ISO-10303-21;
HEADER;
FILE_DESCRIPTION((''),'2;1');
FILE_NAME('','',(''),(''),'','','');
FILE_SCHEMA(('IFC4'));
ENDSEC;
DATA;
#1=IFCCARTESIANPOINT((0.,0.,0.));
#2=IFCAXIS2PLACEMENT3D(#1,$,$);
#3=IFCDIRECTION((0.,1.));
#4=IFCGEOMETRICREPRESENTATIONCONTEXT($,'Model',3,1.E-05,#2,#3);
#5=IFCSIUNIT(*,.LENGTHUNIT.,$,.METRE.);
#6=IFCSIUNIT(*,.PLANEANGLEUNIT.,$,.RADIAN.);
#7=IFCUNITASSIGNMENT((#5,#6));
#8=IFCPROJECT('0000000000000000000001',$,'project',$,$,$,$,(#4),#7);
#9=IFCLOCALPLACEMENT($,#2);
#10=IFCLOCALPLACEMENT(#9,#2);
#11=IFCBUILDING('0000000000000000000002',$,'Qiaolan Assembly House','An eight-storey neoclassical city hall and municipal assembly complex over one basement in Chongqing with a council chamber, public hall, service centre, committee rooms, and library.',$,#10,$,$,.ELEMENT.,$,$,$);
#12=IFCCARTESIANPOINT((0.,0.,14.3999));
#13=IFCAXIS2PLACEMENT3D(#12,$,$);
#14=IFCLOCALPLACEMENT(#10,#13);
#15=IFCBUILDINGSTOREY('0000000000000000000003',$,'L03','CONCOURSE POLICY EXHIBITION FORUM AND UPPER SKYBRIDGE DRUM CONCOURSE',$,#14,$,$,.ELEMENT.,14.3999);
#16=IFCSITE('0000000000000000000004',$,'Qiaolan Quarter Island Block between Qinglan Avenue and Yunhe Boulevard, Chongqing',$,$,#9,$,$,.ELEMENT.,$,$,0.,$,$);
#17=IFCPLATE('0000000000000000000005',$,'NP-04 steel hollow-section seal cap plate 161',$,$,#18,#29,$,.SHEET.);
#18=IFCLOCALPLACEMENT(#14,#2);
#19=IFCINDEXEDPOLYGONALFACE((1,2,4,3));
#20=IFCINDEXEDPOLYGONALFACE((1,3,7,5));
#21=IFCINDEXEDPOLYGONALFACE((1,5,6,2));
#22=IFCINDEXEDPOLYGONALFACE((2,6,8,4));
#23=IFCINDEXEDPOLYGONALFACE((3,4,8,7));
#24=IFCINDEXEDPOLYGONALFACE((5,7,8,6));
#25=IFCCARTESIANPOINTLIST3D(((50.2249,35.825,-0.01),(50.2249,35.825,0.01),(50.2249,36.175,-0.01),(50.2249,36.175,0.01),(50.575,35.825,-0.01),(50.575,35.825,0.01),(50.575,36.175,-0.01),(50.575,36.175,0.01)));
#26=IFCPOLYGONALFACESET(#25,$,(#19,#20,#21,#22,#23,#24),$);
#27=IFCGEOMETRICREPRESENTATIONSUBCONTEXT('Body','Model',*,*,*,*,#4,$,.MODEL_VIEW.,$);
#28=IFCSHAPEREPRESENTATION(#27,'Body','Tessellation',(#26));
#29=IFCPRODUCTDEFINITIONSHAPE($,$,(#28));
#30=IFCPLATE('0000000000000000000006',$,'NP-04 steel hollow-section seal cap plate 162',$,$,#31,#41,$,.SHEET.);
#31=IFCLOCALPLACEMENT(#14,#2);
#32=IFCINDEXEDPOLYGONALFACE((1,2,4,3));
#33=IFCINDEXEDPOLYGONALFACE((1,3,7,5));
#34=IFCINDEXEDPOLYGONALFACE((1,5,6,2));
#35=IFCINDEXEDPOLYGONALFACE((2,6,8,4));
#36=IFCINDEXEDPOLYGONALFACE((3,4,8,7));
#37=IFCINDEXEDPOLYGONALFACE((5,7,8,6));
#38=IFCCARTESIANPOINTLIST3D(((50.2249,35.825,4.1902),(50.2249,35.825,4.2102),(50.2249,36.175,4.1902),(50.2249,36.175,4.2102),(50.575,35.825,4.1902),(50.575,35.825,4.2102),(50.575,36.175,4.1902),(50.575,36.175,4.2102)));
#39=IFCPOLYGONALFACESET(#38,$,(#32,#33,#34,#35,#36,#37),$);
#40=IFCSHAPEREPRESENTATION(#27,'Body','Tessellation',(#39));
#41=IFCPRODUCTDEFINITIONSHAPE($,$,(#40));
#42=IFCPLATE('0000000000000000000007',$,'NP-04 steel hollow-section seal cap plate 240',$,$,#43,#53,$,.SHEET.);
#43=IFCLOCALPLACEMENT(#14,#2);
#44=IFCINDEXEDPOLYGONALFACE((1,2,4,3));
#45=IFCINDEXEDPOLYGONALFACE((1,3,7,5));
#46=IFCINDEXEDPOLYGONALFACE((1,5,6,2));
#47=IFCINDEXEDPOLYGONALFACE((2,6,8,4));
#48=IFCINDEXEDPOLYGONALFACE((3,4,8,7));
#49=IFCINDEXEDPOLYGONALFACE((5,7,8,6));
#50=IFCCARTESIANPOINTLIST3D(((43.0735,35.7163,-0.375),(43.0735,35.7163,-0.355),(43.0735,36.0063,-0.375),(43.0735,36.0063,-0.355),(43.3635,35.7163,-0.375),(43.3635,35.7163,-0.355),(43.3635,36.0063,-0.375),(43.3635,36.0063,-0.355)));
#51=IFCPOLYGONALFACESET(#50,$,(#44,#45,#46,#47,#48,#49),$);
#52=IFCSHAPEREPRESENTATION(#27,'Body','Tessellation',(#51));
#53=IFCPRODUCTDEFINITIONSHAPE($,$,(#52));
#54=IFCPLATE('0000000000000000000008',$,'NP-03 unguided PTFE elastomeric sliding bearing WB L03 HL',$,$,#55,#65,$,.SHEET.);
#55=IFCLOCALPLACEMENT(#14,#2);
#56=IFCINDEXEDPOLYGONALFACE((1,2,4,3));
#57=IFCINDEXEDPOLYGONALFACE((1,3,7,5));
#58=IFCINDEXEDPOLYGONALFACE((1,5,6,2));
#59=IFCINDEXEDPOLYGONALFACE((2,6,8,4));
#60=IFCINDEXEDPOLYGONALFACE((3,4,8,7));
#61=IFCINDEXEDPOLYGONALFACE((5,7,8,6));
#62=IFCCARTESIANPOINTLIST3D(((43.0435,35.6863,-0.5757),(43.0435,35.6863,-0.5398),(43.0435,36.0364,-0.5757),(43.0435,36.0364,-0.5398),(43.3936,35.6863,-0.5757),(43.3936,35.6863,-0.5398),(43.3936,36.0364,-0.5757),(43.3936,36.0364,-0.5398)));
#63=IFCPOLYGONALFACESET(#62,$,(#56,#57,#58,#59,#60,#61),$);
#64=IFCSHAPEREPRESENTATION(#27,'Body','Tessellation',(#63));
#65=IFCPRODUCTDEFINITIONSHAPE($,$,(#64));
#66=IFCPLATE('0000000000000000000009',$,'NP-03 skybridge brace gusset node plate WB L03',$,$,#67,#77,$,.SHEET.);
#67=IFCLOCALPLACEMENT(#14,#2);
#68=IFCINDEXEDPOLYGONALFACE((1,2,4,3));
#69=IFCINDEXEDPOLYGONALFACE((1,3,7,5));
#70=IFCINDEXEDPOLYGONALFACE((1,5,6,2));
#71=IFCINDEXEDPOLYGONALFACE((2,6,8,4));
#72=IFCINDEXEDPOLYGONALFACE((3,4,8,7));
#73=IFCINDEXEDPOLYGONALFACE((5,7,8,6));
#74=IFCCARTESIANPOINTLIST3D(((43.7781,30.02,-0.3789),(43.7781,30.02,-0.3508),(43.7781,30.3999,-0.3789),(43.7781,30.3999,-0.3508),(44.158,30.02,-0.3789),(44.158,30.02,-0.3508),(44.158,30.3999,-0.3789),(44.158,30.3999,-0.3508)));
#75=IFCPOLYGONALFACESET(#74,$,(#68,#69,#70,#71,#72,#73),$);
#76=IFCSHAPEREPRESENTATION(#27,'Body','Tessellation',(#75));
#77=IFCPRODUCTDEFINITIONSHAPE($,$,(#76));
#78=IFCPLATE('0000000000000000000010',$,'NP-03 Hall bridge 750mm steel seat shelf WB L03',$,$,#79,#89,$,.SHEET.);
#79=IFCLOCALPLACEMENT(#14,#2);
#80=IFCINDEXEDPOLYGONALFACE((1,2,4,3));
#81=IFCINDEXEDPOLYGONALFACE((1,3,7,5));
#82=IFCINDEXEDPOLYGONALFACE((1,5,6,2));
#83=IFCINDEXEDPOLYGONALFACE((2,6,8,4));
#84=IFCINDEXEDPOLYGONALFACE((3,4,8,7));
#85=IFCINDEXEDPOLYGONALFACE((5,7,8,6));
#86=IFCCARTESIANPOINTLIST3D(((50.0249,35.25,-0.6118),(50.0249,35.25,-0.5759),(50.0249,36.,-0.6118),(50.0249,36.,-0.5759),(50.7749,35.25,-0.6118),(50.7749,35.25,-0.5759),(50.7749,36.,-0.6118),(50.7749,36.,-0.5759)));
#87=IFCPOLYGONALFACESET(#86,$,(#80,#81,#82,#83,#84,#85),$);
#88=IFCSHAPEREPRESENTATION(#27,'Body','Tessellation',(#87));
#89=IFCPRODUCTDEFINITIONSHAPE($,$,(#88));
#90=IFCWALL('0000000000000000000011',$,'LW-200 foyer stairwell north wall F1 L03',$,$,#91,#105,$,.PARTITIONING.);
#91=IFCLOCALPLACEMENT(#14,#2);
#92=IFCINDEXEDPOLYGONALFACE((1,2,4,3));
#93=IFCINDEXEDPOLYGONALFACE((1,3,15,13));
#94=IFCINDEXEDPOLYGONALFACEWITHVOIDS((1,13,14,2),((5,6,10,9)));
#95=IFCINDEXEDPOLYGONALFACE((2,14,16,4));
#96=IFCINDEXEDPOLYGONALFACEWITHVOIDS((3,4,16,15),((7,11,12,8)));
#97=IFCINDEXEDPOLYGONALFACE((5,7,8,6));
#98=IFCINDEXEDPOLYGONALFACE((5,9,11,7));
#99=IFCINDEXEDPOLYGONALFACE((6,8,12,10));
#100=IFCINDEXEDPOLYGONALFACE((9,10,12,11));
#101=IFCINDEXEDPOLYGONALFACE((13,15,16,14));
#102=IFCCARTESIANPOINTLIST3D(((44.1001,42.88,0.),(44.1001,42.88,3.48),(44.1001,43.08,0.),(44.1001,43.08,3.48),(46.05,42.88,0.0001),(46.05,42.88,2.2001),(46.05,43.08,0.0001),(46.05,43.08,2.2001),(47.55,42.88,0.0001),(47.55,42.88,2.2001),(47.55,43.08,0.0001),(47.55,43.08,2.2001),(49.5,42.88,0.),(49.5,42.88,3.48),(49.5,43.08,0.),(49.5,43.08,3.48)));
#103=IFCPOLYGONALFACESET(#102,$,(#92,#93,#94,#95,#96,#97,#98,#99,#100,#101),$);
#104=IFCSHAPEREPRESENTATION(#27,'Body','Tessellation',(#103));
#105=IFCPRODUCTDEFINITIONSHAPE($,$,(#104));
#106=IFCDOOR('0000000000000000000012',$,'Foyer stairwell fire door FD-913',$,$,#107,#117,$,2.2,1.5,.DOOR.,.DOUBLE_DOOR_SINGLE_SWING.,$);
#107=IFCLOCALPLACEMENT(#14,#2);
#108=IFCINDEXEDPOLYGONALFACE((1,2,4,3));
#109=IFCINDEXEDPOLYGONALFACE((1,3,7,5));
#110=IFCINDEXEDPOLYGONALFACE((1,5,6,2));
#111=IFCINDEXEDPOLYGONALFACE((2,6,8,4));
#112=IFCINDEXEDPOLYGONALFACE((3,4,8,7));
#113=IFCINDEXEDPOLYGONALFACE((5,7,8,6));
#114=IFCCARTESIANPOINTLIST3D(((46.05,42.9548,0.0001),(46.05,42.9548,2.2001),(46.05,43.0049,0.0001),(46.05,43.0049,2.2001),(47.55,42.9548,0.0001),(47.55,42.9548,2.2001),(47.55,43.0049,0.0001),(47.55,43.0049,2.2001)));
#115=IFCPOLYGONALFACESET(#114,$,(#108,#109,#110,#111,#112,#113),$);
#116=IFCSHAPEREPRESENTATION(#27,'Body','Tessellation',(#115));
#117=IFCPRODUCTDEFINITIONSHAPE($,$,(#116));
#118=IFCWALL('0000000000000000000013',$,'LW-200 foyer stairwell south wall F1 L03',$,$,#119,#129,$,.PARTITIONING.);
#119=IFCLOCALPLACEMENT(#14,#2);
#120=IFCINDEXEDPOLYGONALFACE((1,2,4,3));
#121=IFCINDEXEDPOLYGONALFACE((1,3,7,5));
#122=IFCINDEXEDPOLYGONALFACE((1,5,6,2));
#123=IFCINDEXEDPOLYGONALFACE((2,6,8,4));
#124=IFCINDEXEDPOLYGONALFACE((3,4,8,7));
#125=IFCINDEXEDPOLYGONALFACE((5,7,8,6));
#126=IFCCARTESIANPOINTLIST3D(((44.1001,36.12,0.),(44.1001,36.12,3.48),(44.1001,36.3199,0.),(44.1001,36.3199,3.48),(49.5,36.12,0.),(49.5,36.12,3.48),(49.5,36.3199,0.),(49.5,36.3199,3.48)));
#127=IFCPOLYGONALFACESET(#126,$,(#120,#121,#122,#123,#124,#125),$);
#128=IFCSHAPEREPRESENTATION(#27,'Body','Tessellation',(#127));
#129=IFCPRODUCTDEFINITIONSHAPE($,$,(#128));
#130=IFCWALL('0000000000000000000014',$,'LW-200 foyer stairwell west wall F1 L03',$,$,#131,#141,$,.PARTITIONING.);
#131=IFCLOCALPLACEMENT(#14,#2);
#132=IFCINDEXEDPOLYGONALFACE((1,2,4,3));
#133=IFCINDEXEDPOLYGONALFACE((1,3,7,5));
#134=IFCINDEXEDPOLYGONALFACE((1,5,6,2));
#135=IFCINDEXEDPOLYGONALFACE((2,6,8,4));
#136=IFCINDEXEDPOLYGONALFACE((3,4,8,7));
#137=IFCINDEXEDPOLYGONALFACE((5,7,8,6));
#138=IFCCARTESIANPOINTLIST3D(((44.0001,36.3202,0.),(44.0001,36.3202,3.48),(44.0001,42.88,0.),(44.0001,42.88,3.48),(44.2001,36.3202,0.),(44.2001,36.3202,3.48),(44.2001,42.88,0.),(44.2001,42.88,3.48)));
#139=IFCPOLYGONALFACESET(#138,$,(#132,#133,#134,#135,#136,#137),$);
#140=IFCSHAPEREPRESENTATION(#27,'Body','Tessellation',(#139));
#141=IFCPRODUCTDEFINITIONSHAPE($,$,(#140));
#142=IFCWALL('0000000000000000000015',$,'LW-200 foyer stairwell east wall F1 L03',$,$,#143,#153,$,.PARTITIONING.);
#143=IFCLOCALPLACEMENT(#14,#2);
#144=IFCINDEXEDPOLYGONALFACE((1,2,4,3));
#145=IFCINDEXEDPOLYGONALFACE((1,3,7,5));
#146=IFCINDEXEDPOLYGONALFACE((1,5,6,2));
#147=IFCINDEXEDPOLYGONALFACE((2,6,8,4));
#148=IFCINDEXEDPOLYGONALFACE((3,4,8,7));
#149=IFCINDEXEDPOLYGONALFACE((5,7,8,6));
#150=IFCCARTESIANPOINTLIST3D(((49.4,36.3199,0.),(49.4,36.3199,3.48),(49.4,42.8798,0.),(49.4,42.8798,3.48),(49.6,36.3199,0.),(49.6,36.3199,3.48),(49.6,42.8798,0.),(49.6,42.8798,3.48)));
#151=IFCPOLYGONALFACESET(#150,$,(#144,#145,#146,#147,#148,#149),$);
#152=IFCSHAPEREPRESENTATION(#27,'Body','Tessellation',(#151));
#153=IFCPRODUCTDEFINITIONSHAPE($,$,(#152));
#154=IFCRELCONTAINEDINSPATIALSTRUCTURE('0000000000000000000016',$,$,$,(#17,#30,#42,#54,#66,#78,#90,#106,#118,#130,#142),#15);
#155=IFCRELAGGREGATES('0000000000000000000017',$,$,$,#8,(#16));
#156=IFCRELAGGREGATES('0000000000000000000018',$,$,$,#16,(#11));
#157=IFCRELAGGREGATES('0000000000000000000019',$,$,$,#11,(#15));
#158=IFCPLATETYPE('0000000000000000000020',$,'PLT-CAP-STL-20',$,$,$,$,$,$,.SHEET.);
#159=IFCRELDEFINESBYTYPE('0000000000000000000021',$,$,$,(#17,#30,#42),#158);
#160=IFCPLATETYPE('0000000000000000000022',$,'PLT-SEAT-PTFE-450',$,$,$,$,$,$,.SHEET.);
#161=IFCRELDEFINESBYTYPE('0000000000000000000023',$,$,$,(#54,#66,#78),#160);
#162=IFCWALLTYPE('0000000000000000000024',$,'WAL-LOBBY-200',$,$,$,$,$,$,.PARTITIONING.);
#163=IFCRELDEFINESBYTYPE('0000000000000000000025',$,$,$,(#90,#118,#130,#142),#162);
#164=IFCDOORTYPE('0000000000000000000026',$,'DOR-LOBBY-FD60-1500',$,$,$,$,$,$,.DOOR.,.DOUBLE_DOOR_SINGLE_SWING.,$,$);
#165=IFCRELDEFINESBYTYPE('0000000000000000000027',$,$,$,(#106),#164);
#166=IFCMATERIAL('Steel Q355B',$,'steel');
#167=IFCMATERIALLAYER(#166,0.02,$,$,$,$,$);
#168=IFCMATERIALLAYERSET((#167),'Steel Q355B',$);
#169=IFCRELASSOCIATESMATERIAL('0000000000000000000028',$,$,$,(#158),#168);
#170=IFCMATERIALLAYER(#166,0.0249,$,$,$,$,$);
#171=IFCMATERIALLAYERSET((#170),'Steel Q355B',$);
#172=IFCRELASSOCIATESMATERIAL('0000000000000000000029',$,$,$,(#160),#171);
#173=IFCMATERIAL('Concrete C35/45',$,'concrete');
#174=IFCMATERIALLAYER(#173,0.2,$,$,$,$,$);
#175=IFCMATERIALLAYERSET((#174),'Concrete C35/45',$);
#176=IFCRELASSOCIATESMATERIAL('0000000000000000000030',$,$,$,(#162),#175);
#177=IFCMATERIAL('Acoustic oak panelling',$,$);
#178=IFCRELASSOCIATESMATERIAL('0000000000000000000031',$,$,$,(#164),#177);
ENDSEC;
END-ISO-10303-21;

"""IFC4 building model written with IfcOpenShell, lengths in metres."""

from ifc_helpers import new_model, si_unit, direction, frame, frame_2d, origin, origin_2d, place, context, subcontext, project, spatial, rectangle, extrude, material, layer, layer_set, type_object, element, fill, save


model = new_model("IFC4")

# Units and contexts
model_context = context("Model", 3, precision=1e-05, world=origin(), true_north=direction((0.0, 1.0)))
body_context = subcontext(model_context, "Body", "Model", "MODEL_VIEW")
ifc_project = project(units=[si_unit("LENGTHUNIT", "METRE"), si_unit("PLANEANGLEUNIT", "RADIAN")], contexts=[model_context])

# Site, building, storey
site_placement = place(None, origin())
site = spatial("IfcSite", under=ifc_project, at=site_placement, Name="Qiaolan Quarter Island Block between Qinglan Avenue and Yunhe Boulevard, Chongqing", CompositionType="ELEMENT", RefElevation=0.0)
building_placement = place(site_placement, origin())
building = spatial("IfcBuilding", under=site, at=building_placement, Name="Qiaolan Assembly House", Description="An eight-storey neoclassical city hall and municipal assembly complex over one basement in Chongqing with a council chamber, public hall, service centre, committee rooms, and library.", CompositionType="ELEMENT")
storey_placement = place(building_placement, frame((0.0, 0.0, 14.3999)))
storey = spatial("IfcBuildingStorey", under=building, at=storey_placement, Name="L03", Description="CONCOURSE POLICY EXHIBITION FORUM AND UPPER SKYBRIDGE DRUM CONCOURSE", CompositionType="ELEMENT", Elevation=14.3999)

# Shared definitions
ifc_material_1 = material(Name="Steel Q355B", Category="steel")

# Plates
ifc_layer_1 = layer(ifc_material_1, 0.02)
ifc_layer_set_1 = layer_set([ifc_layer_1], Name="Steel Q355B")
plate_type_1 = type_object("IfcPlateType", Name="PLT-CAP-STL-20", PredefinedType="SHEET", material=ifc_layer_set_1)
for number, where, z_axis, x_axis, name in (
    (1, (50.3999, 36.0, -0.01), (0.0, 0.0, 1.0), (1.0, 0.0, 0.0), "NP-04 steel hollow-section seal cap plate 161"),
    (2, (50.3999, 36.0, 4.1902), (0.0, 0.0, 1.0), (1.0, 0.0, 0.0), "NP-04 steel hollow-section seal cap plate 162"),
):
    element("IfcPlate", number, at=place(storey_placement, frame(where, z_axis=z_axis, x_axis=x_axis)), inside=storey, type_object=plate_type_1, Name=name, PredefinedType="SHEET", context=body_context, shape_type="SweptSolid", body=[
        extrude(rectangle(XDim=0.3501, YDim=0.3501, at=origin_2d()), origin(), (0.0, 0.0, 1.0), 0.02),
    ])
plate_1_placement = place(storey_placement, frame((43.2185, 35.8613, -0.375), z_axis=(0.0, 0.0, 1.0), x_axis=(1.0, 0.0, 0.0)))
element("IfcPlate", 3, at=plate_1_placement, inside=storey, type_object=plate_type_1, Name="NP-04 steel hollow-section seal cap plate 240", PredefinedType="SHEET", context=body_context, shape_type="SweptSolid", body=[
    extrude(rectangle(XDim=0.29, YDim=0.29, at=origin_2d()), origin(), (0.0, 0.0, 1.0), 0.02),
])
ifc_layer_2 = layer(ifc_material_1, 0.0249)
ifc_layer_set_2 = layer_set([ifc_layer_2], Name="Steel Q355B")
plate_type_2 = type_object("IfcPlateType", Name="PLT-SEAT-PTFE-450", PredefinedType="SHEET", material=ifc_layer_set_2)
plate_2_placement = place(storey_placement, frame((43.2185, 35.8613, -0.5757), z_axis=(0.0, 0.0, 1.0), x_axis=(1.0, 0.0, 0.0)))
element("IfcPlate", 4, at=plate_2_placement, inside=storey, type_object=plate_type_2, Name="NP-03 unguided PTFE elastomeric sliding bearing WB L03 HL", PredefinedType="SHEET", context=body_context, shape_type="SweptSolid", body=[
    extrude(rectangle(XDim=0.3501, YDim=0.3501, at=origin_2d()), origin(), (0.0, 0.0, 1.0), 0.0359),
])
plate_3_placement = place(storey_placement, frame((43.968, 30.21, -0.3789), z_axis=(0.0, 0.0, 1.0), x_axis=(1.0, 0.0, 0.0)))
element("IfcPlate", 5, at=plate_3_placement, inside=storey, type_object=plate_type_2, Name="NP-03 skybridge brace gusset node plate WB L03", PredefinedType="SHEET", context=body_context, shape_type="SweptSolid", body=[
    extrude(rectangle(XDim=0.3799, YDim=0.3799, at=origin_2d()), origin(), (0.0, 0.0, 1.0), 0.0281),
])
plate_4_placement = place(storey_placement, frame((50.3999, 35.625, -0.6118), z_axis=(0.0, 0.0, 1.0), x_axis=(1.0, 0.0, 0.0)))
element("IfcPlate", 6, at=plate_4_placement, inside=storey, type_object=plate_type_2, Name="NP-03 Hall bridge 750mm steel seat shelf WB L03", PredefinedType="SHEET", context=body_context, shape_type="SweptSolid", body=[
    extrude(rectangle(XDim=0.75, YDim=0.75, at=origin_2d()), origin(), (0.0, 0.0, 1.0), 0.0359),
])

# Wall, opening, door
ifc_material_2 = material(Name="Concrete C35/45", Category="concrete")
ifc_layer_3 = layer(ifc_material_2, 0.2)
ifc_layer_set_3 = layer_set([ifc_layer_3], Name="Concrete C35/45")
wall_type = type_object("IfcWallType", Name="WAL-LOBBY-200", PredefinedType="PARTITIONING", material=ifc_layer_set_3)
wall_1_placement = place(storey_placement, frame((44.1001, 42.98, 0.0), z_axis=(0.0, 0.0, 1.0), x_axis=(1.0, 0.0, 0.0)))
wall_1 = element("IfcWall", 7, at=wall_1_placement, inside=storey, type_object=wall_type, Name="LW-200 foyer stairwell north wall F1 L03", PredefinedType="PARTITIONING", context=body_context, shape_type="SweptSolid", body=[
    extrude(rectangle(XDim=5.3999, YDim=0.2, at=frame_2d((2.7, 0.0))), origin(), (0.0, 0.0, 1.0), 3.48),
])
opening_placement = place(wall_1_placement, frame((1.95, 0.0, 0.0)))
opening = element("IfcOpeningElement", 8, at=opening_placement, cuts=wall_1, PredefinedType="OPENING", context=body_context, shape_type="SweptSolid", body=[
    extrude(rectangle(XDim=1.5, YDim=2.2, at=frame_2d((0.75, 1.1001))), frame((0.0, 0.1099, 0.0), z_axis=(0.0, -1.0, 0.0), x_axis=(1.0, 0.0, 0.0)), (0.0, 0.0, 1.0), 0.22),
])
ifc_material_3 = material(Name="Acoustic oak panelling")
door_type = type_object("IfcDoorType", Name="DOR-LOBBY-FD60-1500", OperationType="DOUBLE_DOOR_SINGLE_SWING", PredefinedType="DOOR", material=ifc_material_3)
door_placement = place(opening_placement, origin())
door = element("IfcDoor", 9, at=door_placement, inside=storey, type_object=door_type, Name="Foyer stairwell fire door FD-913", OperationType="DOUBLE_DOOR_SINGLE_SWING", OverallHeight=2.2, OverallWidth=1.5, PredefinedType="DOOR", context=body_context, shape_type="SweptSolid", body=[
    extrude(rectangle(XDim=1.5, YDim=2.2, at=frame_2d((0.75, 1.1001))), frame((0.0, 0.0249, 0.0), z_axis=(0.0, -1.0, 0.0), x_axis=(1.0, 0.0, 0.0)), (0.0, 0.0, 1.0), 0.05),
])
fill(opening, door)

# Walls
wall_2_placement = place(storey_placement, frame((49.5, 36.22, 0.0), z_axis=(0.0, 0.0, 1.0), x_axis=(-1.0, 0.0, 0.0)))
element("IfcWall", 10, at=wall_2_placement, inside=storey, type_object=wall_type, Name="LW-200 foyer stairwell south wall F1 L03", PredefinedType="PARTITIONING", context=body_context, shape_type="SweptSolid", body=[
    extrude(rectangle(XDim=5.3999, YDim=0.2, at=frame_2d((2.7, 0.0))), origin(), (0.0, 0.0, 1.0), 3.48),
])
for number, where, z_axis, x_axis, name in (
    (11, (44.1001, 42.8799, 0.0), (0.0, 0.0, 1.0), (0.0, -1.0, 0.0), "LW-200 foyer stairwell west wall F1 L03"),
    (12, (49.5, 36.3201, 0.0), (0.0, 0.0, 1.0), (0.0, 1.0, 0.0), "LW-200 foyer stairwell east wall F1 L03"),
):
    element("IfcWall", number, at=place(storey_placement, frame(where, z_axis=z_axis, x_axis=x_axis)), inside=storey, type_object=wall_type, Name=name, PredefinedType="PARTITIONING", context=body_context, shape_type="SweptSolid", body=[
        extrude(rectangle(XDim=6.5598, YDim=0.2, at=frame_2d((3.2798, 0.0))), origin(), (0.0, 0.0, 1.0), 3.48),
    ])

save(model, "model.ifc")
